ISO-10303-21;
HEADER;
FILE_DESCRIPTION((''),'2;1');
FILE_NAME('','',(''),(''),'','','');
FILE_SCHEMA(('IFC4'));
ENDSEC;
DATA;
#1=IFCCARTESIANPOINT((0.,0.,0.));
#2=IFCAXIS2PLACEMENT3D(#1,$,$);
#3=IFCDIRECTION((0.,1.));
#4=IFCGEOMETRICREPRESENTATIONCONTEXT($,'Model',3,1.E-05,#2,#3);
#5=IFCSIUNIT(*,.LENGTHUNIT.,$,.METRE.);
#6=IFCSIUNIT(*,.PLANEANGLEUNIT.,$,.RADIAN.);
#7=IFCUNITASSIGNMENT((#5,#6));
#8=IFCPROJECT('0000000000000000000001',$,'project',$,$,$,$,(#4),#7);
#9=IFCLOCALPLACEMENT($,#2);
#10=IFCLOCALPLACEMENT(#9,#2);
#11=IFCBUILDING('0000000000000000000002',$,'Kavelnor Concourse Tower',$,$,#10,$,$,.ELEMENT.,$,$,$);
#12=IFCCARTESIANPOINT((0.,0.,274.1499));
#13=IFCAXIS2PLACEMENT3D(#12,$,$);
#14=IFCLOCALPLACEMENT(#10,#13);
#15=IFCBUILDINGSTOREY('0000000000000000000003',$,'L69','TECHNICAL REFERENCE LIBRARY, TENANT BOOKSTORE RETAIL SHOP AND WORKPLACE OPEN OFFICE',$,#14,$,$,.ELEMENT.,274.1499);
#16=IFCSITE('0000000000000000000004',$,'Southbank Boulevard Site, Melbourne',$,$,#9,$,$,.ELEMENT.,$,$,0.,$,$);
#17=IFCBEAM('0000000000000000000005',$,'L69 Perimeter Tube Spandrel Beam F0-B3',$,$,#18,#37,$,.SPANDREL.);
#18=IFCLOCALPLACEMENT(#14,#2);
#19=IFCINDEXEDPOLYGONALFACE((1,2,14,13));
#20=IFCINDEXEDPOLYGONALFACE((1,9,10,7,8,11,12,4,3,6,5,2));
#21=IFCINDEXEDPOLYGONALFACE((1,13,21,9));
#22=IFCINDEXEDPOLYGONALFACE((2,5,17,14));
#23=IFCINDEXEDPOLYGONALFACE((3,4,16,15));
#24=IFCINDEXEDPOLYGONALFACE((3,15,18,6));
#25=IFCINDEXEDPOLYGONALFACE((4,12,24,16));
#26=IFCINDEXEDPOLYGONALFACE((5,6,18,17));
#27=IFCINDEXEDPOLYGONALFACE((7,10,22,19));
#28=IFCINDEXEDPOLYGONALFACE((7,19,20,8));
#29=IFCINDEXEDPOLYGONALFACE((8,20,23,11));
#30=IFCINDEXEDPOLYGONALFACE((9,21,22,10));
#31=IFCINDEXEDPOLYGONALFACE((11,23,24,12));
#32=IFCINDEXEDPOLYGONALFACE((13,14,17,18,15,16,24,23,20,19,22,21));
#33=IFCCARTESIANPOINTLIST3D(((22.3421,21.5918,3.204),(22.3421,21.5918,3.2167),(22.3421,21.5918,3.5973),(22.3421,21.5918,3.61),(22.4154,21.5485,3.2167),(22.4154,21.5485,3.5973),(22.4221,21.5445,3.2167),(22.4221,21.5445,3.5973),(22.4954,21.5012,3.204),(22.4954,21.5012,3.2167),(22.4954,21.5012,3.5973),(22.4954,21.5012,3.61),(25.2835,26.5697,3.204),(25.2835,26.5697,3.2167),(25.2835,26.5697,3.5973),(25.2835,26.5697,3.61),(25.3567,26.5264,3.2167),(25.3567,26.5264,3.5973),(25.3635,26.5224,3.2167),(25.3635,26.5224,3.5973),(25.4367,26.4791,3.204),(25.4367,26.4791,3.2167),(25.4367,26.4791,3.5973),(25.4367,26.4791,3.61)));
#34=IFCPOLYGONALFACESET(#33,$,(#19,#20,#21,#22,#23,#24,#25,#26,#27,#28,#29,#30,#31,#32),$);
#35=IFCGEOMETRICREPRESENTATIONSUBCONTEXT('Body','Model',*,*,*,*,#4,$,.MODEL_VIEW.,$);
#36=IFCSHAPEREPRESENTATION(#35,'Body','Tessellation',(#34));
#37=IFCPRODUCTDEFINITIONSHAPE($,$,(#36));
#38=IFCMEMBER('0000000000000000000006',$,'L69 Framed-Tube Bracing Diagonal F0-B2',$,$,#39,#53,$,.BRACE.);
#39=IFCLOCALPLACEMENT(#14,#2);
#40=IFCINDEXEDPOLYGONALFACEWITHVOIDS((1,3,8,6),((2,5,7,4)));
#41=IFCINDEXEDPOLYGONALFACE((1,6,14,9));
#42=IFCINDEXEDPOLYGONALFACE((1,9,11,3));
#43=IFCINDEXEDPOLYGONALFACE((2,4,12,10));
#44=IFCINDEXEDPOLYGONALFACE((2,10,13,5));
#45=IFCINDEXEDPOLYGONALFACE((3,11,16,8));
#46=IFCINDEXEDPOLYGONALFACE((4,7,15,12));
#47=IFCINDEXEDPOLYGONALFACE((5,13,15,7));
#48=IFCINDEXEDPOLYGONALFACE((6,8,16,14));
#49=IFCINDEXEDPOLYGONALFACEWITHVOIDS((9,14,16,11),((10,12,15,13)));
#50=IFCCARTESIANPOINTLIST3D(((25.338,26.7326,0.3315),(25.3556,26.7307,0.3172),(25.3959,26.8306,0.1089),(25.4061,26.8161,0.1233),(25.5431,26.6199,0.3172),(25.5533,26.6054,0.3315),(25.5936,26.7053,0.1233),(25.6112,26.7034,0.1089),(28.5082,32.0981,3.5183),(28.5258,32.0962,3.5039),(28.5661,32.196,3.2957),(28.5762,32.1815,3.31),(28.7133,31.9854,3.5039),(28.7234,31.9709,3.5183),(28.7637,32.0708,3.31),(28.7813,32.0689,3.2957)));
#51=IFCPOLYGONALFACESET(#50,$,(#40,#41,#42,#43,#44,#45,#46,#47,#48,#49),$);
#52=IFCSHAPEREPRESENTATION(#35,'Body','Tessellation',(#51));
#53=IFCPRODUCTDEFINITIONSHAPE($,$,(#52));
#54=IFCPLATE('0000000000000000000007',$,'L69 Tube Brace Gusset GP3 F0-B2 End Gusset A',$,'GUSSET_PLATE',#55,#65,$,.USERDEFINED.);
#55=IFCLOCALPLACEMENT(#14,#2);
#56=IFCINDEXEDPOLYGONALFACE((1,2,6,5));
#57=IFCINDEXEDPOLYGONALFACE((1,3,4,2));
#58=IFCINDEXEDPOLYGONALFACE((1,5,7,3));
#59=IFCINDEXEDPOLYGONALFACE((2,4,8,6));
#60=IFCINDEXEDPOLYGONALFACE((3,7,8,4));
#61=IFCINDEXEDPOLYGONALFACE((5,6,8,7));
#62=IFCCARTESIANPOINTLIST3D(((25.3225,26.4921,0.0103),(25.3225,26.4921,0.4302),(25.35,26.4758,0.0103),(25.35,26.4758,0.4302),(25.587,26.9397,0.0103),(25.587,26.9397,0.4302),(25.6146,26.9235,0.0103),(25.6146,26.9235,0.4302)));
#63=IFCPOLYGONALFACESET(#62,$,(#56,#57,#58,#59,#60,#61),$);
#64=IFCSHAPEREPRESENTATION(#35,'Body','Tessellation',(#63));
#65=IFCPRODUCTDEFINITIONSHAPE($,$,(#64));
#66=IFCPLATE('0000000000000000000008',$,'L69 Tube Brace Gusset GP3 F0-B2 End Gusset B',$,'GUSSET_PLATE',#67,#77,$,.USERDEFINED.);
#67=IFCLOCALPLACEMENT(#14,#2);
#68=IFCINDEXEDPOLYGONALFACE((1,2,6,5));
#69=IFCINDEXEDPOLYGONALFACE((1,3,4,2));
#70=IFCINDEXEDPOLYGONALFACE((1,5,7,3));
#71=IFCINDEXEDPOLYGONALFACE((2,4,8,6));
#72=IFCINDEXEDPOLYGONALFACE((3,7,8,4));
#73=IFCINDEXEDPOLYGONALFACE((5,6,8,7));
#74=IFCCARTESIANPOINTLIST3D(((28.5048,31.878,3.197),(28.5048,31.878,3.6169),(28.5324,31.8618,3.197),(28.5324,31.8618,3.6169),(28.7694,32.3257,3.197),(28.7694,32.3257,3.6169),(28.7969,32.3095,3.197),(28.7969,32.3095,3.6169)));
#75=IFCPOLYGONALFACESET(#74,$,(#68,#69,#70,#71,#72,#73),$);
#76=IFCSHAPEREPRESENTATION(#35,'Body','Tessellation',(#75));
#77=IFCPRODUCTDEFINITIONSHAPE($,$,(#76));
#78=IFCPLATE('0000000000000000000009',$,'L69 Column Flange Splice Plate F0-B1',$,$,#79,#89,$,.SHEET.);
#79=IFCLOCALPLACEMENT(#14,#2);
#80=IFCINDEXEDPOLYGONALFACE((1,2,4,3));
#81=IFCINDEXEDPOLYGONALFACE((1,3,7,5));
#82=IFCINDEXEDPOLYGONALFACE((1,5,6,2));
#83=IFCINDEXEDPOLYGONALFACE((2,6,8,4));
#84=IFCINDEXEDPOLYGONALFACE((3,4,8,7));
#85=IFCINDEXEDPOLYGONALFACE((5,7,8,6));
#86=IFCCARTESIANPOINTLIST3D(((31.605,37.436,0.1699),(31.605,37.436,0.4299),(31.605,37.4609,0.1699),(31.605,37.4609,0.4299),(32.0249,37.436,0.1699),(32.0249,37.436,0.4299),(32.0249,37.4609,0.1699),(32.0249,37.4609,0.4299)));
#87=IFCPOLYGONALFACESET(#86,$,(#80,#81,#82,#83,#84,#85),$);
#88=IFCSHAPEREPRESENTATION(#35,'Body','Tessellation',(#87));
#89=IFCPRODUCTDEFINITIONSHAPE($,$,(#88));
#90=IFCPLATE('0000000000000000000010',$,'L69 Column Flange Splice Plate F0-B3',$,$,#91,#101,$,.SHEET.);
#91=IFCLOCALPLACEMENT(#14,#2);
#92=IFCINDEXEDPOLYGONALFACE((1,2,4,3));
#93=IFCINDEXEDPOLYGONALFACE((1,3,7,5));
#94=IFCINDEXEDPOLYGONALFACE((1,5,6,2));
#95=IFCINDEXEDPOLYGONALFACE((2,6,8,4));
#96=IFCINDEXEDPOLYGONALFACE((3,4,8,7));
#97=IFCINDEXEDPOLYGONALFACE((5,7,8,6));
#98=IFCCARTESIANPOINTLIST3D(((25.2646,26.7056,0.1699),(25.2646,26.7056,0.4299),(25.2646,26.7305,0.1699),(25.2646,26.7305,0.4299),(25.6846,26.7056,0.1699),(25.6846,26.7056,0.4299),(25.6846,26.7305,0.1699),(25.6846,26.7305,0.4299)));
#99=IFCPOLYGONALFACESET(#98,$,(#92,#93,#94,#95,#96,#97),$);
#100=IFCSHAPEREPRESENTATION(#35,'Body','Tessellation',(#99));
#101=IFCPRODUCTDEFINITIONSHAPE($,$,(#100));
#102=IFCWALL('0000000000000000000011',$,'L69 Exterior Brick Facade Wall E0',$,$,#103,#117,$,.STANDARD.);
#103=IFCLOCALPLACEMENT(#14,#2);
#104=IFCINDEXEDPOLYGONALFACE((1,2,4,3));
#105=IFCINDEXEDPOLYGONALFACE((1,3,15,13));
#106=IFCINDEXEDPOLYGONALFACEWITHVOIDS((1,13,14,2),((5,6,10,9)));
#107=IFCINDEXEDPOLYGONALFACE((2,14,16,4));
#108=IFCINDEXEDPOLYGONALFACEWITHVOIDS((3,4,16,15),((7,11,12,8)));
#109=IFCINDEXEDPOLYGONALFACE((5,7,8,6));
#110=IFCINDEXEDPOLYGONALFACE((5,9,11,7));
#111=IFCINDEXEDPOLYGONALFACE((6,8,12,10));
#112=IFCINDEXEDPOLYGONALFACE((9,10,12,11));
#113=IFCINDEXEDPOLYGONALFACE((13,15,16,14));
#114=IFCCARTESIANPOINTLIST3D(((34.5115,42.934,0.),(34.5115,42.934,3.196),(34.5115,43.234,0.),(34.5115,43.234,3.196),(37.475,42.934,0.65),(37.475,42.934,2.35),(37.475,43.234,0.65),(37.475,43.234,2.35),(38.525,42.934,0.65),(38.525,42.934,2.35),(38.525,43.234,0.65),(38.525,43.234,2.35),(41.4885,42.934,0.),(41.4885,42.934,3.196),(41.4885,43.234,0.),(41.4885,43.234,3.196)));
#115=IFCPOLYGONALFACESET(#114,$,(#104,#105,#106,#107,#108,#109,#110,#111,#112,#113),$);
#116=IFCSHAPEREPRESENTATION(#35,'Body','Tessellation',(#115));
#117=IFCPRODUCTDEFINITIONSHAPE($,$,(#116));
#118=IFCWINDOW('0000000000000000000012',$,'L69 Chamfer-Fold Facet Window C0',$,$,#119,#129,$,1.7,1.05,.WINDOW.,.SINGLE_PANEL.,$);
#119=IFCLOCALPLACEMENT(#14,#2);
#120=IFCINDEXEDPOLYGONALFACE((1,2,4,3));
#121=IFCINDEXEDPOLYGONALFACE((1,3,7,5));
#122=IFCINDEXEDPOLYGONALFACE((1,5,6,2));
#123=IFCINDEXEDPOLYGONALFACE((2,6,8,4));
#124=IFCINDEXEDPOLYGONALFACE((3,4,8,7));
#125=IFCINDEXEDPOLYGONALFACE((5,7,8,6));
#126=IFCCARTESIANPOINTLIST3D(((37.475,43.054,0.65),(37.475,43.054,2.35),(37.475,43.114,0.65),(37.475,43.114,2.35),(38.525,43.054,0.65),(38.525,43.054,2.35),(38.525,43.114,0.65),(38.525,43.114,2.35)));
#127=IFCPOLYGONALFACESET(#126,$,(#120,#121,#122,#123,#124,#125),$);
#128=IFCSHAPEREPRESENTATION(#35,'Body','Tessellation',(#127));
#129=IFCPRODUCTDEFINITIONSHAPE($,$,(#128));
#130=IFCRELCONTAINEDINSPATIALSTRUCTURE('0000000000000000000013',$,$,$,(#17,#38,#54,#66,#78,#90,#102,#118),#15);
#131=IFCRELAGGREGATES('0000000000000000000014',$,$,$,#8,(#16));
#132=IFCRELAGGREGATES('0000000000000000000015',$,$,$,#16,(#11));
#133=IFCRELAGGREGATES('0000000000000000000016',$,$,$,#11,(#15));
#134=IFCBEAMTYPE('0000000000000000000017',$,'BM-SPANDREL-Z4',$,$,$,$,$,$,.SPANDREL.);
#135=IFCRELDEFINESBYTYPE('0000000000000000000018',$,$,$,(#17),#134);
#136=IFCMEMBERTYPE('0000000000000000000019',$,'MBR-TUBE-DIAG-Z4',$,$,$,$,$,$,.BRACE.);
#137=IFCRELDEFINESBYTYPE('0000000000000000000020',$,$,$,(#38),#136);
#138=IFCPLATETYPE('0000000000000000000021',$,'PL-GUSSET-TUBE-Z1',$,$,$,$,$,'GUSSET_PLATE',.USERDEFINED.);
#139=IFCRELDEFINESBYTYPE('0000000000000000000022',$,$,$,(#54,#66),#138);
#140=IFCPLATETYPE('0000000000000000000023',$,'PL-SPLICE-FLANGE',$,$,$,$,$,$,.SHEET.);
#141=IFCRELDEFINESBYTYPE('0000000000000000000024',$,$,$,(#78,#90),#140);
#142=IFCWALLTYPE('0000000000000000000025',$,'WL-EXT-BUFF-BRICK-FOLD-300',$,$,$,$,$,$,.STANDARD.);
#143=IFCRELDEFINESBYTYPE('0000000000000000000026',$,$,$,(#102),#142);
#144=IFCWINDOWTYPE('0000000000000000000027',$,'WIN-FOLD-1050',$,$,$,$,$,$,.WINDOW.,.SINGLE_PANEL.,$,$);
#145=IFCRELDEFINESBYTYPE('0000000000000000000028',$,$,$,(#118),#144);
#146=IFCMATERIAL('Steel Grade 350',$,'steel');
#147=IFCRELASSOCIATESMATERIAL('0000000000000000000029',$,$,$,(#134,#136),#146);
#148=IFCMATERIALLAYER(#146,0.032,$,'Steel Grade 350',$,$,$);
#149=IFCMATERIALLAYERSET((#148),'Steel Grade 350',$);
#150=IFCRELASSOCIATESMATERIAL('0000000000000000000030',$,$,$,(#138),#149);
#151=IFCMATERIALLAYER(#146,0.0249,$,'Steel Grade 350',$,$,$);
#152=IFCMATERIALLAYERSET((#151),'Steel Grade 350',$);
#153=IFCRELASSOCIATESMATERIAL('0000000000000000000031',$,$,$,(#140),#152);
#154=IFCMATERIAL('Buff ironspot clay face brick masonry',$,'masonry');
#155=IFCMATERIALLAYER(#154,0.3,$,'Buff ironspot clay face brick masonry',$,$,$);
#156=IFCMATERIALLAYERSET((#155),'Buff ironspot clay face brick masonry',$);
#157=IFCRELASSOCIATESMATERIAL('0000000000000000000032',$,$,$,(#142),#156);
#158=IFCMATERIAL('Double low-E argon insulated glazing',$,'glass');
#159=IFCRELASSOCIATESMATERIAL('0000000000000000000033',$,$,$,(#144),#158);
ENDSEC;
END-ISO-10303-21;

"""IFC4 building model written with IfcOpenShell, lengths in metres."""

from ifc_helpers import new_model, si_unit, direction, frame, frame_2d, origin, origin_2d, place, context, subcontext, project, spatial, rectangle, hollow_rectangle, i_section, extrude, material, layer, layer_set, material_profile, profile_set, type_object, element, fill, save


model = new_model("IFC4")

# Units and contexts
model_context = context("Model", 3, precision=1e-05, world=origin(), true_north=direction((0.0, 1.0)))
body_context = subcontext(model_context, "Body", "Model", "MODEL_VIEW")
ifc_project = project(units=[si_unit("LENGTHUNIT", "METRE"), si_unit("PLANEANGLEUNIT", "RADIAN")], contexts=[model_context])

# Site, building, storey
site_placement = place(None, origin())
site = spatial("IfcSite", under=ifc_project, at=site_placement, Name="Southbank Boulevard Site, Melbourne", CompositionType="ELEMENT", RefElevation=0.0)
building_placement = place(site_placement, origin())
building = spatial("IfcBuilding", under=site, at=building_placement, Name="Kavelnor Concourse Tower", CompositionType="ELEMENT")
storey_placement = place(building_placement, frame((0.0, 0.0, 274.1499)))
storey = spatial("IfcBuildingStorey", under=building, at=storey_placement, Name="L69", Description="TECHNICAL REFERENCE LIBRARY, TENANT BOOKSTORE RETAIL SHOP AND WORKPLACE OPEN OFFICE", CompositionType="ELEMENT", Elevation=274.1499)

# Shared definitions
ifc_material_1 = material(Name="Steel Grade 350", Category="steel")

# Beam
ifc_material_profile_1 = material_profile(ifc_material_1, i_section(OverallWidth=0.178, OverallDepth=0.406, WebThickness=0.0078, FlangeThickness=0.0127, at=origin_2d()), Name="410UB59")
ifc_profile_set_1 = profile_set([ifc_material_profile_1], Name="Steel Grade 350")
beam_type_1 = type_object("IfcBeamType", Name="BM-SPANDREL-Z4", PredefinedType="SPANDREL", material=ifc_profile_set_1)
beam_1_placement = place(storey_placement, frame((25.3601, 26.5244, 3.407), z_axis=(-0.508709, -0.860938, 0.0), x_axis=(0.860938, -0.508709, 0.0)))
element("IfcBeam", 1, at=beam_1_placement, inside=storey, type_object=beam_type_1, Name="L69 Perimeter Tube Spandrel Beam F0-B3", PredefinedType="SPANDREL", context=body_context, shape_type="SweptSolid", body=[
    extrude(i_section(OverallWidth=0.178, OverallDepth=0.406, WebThickness=0.0078, FlangeThickness=0.0127, at=origin_2d()), origin(), (0.0, 0.0, 1.0), 5.782),
])

# Member
ifc_material_profile_2 = material_profile(ifc_material_1, hollow_rectangle(XDim=0.25, YDim=0.25, WallThickness=0.0161, at=origin_2d()), Name="SHS 250x250x16")
ifc_profile_set_2 = profile_set([ifc_material_profile_2], Name="Steel Grade 350")
member_type = type_object("IfcMemberType", Name="MBR-TUBE-DIAG-Z4", PredefinedType="BRACE", material=ifc_profile_set_2)
member_placement = place(storey_placement, frame((25.4746, 26.718, 0.2202), z_axis=(0.45291, 0.766545, 0.455281), x_axis=(-0.860951, 0.508688, 0.0)))
element("IfcMember", 2, at=member_placement, inside=storey, type_object=member_type, Name="L69 Framed-Tube Bracing Diagonal F0-B2", PredefinedType="BRACE", context=body_context, shape_type="SweptSolid", body=[
    extrude(hollow_rectangle(XDim=0.25, YDim=0.25, WallThickness=0.0161, at=origin_2d()), origin(), (0.0, 0.0, 1.0), 6.9995),
])

# Plates
ifc_layer_1 = layer(ifc_material_1, 0.032, Name="Steel Grade 350")
ifc_layer_set_1 = layer_set([ifc_layer_1], Name="Steel Grade 350")
plate_type_1 = type_object("IfcPlateType", Name="PL-GUSSET-TUBE-Z1", ElementType="GUSSET_PLATE", PredefinedType="USERDEFINED", material=ifc_layer_set_1)
for number, where, z_axis, x_axis, name in (
    (3, (25.4685, 26.7078, 0.0103), (0.0, 0.0, 1.0), (0.508741, 0.86092, 0.0), "L69 Tube Brace Gusset GP3 F0-B2 End Gusset A"),
    (4, (28.6509, 32.0938, 3.197), (0.0, 0.0, 1.0), (0.508741, 0.86092, 0.0), "L69 Tube Brace Gusset GP3 F0-B2 End Gusset B"),
):
    element("IfcPlate", number, at=place(storey_placement, frame(where, z_axis=z_axis, x_axis=x_axis)), inside=storey, type_object=plate_type_1, Name=name, ObjectType="GUSSET_PLATE", PredefinedType="USERDEFINED", context=body_context, shape_type="SweptSolid", body=[
        extrude(rectangle(XDim=0.52, YDim=0.032, at=origin_2d()), origin(), (0.0, 0.0, 1.0), 0.4199),
    ])
ifc_layer_2 = layer(ifc_material_1, 0.0249, Name="Steel Grade 350")
ifc_layer_set_2 = layer_set([ifc_layer_2], Name="Steel Grade 350")
plate_type_2 = type_object("IfcPlateType", Name="PL-SPLICE-FLANGE", PredefinedType="SHEET", material=ifc_layer_set_2)
for number, where, z_axis, x_axis, name in (
    (5, (31.8149, 37.4485, 0.1699), (0.0, 0.0, 1.0), (1.0, 0.0, 0.0), "L69 Column Flange Splice Plate F0-B1"),
    (6, (25.4746, 26.718, 0.1699), (0.0, 0.0, 1.0), (1.0, 0.0, 0.0), "L69 Column Flange Splice Plate F0-B3"),
):
    element("IfcPlate", number, at=place(storey_placement, frame(where, z_axis=z_axis, x_axis=x_axis)), inside=storey, type_object=plate_type_2, Name=name, PredefinedType="SHEET", context=body_context, shape_type="SweptSolid", body=[
        extrude(rectangle(XDim=0.4199, YDim=0.0249, at=origin_2d()), origin(), (0.0, 0.0, 1.0), 0.26),
    ])

# Wall, opening, window
ifc_material_2 = material(Name="Buff ironspot clay face brick masonry", Category="masonry")
ifc_layer_3 = layer(ifc_material_2, 0.3, Name="Buff ironspot clay face brick masonry")
ifc_layer_set_3 = layer_set([ifc_layer_3], Name="Buff ironspot clay face brick masonry")
wall_type_1 = type_object("IfcWallType", Name="WL-EXT-BUFF-BRICK-FOLD-300", PredefinedType="STANDARD", material=ifc_layer_set_3)
wall_1_placement = place(storey_placement, frame((34.5115, 43.084, 0.0), z_axis=(0.0, 0.0, 1.0), x_axis=(1.0, 0.0, 0.0)))
wall_1 = element("IfcWall", 7, at=wall_1_placement, inside=storey, type_object=wall_type_1, Name="L69 Exterior Brick Facade Wall E0", PredefinedType="STANDARD", context=body_context, shape_type="SweptSolid", body=[
    extrude(rectangle(XDim=6.9771, YDim=0.3, at=frame_2d((3.4885, 0.0))), origin(), (0.0, 0.0, 1.0), 3.196),
])
opening_1_placement = place(wall_1_placement, frame((2.9636, 0.0, 0.6499)))
opening_1 = element("IfcOpeningElement", 8, at=opening_1_placement, cuts=wall_1, PredefinedType="OPENING", context=body_context, shape_type="SweptSolid", body=[
    extrude(rectangle(XDim=1.05, YDim=1.7, at=frame_2d((0.5249, 0.8501))), frame((0.0, 0.1602, 0.0), z_axis=(0.0, -1.0, 0.0), x_axis=(1.0, 0.0, 0.0)), (0.0, 0.0, 1.0), 0.3201),
])
ifc_material_3 = material(Name="Double low-E argon insulated glazing", Category="glass")
window_type = type_object("IfcWindowType", Name="WIN-FOLD-1050", PartitioningType="SINGLE_PANEL", PredefinedType="WINDOW", material=ifc_material_3)
window_placement = place(opening_1_placement, origin())
window = element("IfcWindow", 9, at=window_placement, inside=storey, type_object=window_type, Name="L69 Chamfer-Fold Facet Window C0", OverallHeight=1.7, OverallWidth=1.05, PartitioningType="SINGLE_PANEL", PredefinedType="WINDOW", context=body_context, shape_type="SweptSolid", body=[
    extrude(rectangle(XDim=1.05, YDim=1.7, at=frame_2d((0.5249, 0.8501))), frame((0.0, 0.03, 0.0), z_axis=(0.0, -1.0, 0.0), x_axis=(1.0, 0.0, 0.0)), (0.0, 0.0, 1.0), 0.0601),
])
fill(opening_1, window)

save(model, "model.ifc")
